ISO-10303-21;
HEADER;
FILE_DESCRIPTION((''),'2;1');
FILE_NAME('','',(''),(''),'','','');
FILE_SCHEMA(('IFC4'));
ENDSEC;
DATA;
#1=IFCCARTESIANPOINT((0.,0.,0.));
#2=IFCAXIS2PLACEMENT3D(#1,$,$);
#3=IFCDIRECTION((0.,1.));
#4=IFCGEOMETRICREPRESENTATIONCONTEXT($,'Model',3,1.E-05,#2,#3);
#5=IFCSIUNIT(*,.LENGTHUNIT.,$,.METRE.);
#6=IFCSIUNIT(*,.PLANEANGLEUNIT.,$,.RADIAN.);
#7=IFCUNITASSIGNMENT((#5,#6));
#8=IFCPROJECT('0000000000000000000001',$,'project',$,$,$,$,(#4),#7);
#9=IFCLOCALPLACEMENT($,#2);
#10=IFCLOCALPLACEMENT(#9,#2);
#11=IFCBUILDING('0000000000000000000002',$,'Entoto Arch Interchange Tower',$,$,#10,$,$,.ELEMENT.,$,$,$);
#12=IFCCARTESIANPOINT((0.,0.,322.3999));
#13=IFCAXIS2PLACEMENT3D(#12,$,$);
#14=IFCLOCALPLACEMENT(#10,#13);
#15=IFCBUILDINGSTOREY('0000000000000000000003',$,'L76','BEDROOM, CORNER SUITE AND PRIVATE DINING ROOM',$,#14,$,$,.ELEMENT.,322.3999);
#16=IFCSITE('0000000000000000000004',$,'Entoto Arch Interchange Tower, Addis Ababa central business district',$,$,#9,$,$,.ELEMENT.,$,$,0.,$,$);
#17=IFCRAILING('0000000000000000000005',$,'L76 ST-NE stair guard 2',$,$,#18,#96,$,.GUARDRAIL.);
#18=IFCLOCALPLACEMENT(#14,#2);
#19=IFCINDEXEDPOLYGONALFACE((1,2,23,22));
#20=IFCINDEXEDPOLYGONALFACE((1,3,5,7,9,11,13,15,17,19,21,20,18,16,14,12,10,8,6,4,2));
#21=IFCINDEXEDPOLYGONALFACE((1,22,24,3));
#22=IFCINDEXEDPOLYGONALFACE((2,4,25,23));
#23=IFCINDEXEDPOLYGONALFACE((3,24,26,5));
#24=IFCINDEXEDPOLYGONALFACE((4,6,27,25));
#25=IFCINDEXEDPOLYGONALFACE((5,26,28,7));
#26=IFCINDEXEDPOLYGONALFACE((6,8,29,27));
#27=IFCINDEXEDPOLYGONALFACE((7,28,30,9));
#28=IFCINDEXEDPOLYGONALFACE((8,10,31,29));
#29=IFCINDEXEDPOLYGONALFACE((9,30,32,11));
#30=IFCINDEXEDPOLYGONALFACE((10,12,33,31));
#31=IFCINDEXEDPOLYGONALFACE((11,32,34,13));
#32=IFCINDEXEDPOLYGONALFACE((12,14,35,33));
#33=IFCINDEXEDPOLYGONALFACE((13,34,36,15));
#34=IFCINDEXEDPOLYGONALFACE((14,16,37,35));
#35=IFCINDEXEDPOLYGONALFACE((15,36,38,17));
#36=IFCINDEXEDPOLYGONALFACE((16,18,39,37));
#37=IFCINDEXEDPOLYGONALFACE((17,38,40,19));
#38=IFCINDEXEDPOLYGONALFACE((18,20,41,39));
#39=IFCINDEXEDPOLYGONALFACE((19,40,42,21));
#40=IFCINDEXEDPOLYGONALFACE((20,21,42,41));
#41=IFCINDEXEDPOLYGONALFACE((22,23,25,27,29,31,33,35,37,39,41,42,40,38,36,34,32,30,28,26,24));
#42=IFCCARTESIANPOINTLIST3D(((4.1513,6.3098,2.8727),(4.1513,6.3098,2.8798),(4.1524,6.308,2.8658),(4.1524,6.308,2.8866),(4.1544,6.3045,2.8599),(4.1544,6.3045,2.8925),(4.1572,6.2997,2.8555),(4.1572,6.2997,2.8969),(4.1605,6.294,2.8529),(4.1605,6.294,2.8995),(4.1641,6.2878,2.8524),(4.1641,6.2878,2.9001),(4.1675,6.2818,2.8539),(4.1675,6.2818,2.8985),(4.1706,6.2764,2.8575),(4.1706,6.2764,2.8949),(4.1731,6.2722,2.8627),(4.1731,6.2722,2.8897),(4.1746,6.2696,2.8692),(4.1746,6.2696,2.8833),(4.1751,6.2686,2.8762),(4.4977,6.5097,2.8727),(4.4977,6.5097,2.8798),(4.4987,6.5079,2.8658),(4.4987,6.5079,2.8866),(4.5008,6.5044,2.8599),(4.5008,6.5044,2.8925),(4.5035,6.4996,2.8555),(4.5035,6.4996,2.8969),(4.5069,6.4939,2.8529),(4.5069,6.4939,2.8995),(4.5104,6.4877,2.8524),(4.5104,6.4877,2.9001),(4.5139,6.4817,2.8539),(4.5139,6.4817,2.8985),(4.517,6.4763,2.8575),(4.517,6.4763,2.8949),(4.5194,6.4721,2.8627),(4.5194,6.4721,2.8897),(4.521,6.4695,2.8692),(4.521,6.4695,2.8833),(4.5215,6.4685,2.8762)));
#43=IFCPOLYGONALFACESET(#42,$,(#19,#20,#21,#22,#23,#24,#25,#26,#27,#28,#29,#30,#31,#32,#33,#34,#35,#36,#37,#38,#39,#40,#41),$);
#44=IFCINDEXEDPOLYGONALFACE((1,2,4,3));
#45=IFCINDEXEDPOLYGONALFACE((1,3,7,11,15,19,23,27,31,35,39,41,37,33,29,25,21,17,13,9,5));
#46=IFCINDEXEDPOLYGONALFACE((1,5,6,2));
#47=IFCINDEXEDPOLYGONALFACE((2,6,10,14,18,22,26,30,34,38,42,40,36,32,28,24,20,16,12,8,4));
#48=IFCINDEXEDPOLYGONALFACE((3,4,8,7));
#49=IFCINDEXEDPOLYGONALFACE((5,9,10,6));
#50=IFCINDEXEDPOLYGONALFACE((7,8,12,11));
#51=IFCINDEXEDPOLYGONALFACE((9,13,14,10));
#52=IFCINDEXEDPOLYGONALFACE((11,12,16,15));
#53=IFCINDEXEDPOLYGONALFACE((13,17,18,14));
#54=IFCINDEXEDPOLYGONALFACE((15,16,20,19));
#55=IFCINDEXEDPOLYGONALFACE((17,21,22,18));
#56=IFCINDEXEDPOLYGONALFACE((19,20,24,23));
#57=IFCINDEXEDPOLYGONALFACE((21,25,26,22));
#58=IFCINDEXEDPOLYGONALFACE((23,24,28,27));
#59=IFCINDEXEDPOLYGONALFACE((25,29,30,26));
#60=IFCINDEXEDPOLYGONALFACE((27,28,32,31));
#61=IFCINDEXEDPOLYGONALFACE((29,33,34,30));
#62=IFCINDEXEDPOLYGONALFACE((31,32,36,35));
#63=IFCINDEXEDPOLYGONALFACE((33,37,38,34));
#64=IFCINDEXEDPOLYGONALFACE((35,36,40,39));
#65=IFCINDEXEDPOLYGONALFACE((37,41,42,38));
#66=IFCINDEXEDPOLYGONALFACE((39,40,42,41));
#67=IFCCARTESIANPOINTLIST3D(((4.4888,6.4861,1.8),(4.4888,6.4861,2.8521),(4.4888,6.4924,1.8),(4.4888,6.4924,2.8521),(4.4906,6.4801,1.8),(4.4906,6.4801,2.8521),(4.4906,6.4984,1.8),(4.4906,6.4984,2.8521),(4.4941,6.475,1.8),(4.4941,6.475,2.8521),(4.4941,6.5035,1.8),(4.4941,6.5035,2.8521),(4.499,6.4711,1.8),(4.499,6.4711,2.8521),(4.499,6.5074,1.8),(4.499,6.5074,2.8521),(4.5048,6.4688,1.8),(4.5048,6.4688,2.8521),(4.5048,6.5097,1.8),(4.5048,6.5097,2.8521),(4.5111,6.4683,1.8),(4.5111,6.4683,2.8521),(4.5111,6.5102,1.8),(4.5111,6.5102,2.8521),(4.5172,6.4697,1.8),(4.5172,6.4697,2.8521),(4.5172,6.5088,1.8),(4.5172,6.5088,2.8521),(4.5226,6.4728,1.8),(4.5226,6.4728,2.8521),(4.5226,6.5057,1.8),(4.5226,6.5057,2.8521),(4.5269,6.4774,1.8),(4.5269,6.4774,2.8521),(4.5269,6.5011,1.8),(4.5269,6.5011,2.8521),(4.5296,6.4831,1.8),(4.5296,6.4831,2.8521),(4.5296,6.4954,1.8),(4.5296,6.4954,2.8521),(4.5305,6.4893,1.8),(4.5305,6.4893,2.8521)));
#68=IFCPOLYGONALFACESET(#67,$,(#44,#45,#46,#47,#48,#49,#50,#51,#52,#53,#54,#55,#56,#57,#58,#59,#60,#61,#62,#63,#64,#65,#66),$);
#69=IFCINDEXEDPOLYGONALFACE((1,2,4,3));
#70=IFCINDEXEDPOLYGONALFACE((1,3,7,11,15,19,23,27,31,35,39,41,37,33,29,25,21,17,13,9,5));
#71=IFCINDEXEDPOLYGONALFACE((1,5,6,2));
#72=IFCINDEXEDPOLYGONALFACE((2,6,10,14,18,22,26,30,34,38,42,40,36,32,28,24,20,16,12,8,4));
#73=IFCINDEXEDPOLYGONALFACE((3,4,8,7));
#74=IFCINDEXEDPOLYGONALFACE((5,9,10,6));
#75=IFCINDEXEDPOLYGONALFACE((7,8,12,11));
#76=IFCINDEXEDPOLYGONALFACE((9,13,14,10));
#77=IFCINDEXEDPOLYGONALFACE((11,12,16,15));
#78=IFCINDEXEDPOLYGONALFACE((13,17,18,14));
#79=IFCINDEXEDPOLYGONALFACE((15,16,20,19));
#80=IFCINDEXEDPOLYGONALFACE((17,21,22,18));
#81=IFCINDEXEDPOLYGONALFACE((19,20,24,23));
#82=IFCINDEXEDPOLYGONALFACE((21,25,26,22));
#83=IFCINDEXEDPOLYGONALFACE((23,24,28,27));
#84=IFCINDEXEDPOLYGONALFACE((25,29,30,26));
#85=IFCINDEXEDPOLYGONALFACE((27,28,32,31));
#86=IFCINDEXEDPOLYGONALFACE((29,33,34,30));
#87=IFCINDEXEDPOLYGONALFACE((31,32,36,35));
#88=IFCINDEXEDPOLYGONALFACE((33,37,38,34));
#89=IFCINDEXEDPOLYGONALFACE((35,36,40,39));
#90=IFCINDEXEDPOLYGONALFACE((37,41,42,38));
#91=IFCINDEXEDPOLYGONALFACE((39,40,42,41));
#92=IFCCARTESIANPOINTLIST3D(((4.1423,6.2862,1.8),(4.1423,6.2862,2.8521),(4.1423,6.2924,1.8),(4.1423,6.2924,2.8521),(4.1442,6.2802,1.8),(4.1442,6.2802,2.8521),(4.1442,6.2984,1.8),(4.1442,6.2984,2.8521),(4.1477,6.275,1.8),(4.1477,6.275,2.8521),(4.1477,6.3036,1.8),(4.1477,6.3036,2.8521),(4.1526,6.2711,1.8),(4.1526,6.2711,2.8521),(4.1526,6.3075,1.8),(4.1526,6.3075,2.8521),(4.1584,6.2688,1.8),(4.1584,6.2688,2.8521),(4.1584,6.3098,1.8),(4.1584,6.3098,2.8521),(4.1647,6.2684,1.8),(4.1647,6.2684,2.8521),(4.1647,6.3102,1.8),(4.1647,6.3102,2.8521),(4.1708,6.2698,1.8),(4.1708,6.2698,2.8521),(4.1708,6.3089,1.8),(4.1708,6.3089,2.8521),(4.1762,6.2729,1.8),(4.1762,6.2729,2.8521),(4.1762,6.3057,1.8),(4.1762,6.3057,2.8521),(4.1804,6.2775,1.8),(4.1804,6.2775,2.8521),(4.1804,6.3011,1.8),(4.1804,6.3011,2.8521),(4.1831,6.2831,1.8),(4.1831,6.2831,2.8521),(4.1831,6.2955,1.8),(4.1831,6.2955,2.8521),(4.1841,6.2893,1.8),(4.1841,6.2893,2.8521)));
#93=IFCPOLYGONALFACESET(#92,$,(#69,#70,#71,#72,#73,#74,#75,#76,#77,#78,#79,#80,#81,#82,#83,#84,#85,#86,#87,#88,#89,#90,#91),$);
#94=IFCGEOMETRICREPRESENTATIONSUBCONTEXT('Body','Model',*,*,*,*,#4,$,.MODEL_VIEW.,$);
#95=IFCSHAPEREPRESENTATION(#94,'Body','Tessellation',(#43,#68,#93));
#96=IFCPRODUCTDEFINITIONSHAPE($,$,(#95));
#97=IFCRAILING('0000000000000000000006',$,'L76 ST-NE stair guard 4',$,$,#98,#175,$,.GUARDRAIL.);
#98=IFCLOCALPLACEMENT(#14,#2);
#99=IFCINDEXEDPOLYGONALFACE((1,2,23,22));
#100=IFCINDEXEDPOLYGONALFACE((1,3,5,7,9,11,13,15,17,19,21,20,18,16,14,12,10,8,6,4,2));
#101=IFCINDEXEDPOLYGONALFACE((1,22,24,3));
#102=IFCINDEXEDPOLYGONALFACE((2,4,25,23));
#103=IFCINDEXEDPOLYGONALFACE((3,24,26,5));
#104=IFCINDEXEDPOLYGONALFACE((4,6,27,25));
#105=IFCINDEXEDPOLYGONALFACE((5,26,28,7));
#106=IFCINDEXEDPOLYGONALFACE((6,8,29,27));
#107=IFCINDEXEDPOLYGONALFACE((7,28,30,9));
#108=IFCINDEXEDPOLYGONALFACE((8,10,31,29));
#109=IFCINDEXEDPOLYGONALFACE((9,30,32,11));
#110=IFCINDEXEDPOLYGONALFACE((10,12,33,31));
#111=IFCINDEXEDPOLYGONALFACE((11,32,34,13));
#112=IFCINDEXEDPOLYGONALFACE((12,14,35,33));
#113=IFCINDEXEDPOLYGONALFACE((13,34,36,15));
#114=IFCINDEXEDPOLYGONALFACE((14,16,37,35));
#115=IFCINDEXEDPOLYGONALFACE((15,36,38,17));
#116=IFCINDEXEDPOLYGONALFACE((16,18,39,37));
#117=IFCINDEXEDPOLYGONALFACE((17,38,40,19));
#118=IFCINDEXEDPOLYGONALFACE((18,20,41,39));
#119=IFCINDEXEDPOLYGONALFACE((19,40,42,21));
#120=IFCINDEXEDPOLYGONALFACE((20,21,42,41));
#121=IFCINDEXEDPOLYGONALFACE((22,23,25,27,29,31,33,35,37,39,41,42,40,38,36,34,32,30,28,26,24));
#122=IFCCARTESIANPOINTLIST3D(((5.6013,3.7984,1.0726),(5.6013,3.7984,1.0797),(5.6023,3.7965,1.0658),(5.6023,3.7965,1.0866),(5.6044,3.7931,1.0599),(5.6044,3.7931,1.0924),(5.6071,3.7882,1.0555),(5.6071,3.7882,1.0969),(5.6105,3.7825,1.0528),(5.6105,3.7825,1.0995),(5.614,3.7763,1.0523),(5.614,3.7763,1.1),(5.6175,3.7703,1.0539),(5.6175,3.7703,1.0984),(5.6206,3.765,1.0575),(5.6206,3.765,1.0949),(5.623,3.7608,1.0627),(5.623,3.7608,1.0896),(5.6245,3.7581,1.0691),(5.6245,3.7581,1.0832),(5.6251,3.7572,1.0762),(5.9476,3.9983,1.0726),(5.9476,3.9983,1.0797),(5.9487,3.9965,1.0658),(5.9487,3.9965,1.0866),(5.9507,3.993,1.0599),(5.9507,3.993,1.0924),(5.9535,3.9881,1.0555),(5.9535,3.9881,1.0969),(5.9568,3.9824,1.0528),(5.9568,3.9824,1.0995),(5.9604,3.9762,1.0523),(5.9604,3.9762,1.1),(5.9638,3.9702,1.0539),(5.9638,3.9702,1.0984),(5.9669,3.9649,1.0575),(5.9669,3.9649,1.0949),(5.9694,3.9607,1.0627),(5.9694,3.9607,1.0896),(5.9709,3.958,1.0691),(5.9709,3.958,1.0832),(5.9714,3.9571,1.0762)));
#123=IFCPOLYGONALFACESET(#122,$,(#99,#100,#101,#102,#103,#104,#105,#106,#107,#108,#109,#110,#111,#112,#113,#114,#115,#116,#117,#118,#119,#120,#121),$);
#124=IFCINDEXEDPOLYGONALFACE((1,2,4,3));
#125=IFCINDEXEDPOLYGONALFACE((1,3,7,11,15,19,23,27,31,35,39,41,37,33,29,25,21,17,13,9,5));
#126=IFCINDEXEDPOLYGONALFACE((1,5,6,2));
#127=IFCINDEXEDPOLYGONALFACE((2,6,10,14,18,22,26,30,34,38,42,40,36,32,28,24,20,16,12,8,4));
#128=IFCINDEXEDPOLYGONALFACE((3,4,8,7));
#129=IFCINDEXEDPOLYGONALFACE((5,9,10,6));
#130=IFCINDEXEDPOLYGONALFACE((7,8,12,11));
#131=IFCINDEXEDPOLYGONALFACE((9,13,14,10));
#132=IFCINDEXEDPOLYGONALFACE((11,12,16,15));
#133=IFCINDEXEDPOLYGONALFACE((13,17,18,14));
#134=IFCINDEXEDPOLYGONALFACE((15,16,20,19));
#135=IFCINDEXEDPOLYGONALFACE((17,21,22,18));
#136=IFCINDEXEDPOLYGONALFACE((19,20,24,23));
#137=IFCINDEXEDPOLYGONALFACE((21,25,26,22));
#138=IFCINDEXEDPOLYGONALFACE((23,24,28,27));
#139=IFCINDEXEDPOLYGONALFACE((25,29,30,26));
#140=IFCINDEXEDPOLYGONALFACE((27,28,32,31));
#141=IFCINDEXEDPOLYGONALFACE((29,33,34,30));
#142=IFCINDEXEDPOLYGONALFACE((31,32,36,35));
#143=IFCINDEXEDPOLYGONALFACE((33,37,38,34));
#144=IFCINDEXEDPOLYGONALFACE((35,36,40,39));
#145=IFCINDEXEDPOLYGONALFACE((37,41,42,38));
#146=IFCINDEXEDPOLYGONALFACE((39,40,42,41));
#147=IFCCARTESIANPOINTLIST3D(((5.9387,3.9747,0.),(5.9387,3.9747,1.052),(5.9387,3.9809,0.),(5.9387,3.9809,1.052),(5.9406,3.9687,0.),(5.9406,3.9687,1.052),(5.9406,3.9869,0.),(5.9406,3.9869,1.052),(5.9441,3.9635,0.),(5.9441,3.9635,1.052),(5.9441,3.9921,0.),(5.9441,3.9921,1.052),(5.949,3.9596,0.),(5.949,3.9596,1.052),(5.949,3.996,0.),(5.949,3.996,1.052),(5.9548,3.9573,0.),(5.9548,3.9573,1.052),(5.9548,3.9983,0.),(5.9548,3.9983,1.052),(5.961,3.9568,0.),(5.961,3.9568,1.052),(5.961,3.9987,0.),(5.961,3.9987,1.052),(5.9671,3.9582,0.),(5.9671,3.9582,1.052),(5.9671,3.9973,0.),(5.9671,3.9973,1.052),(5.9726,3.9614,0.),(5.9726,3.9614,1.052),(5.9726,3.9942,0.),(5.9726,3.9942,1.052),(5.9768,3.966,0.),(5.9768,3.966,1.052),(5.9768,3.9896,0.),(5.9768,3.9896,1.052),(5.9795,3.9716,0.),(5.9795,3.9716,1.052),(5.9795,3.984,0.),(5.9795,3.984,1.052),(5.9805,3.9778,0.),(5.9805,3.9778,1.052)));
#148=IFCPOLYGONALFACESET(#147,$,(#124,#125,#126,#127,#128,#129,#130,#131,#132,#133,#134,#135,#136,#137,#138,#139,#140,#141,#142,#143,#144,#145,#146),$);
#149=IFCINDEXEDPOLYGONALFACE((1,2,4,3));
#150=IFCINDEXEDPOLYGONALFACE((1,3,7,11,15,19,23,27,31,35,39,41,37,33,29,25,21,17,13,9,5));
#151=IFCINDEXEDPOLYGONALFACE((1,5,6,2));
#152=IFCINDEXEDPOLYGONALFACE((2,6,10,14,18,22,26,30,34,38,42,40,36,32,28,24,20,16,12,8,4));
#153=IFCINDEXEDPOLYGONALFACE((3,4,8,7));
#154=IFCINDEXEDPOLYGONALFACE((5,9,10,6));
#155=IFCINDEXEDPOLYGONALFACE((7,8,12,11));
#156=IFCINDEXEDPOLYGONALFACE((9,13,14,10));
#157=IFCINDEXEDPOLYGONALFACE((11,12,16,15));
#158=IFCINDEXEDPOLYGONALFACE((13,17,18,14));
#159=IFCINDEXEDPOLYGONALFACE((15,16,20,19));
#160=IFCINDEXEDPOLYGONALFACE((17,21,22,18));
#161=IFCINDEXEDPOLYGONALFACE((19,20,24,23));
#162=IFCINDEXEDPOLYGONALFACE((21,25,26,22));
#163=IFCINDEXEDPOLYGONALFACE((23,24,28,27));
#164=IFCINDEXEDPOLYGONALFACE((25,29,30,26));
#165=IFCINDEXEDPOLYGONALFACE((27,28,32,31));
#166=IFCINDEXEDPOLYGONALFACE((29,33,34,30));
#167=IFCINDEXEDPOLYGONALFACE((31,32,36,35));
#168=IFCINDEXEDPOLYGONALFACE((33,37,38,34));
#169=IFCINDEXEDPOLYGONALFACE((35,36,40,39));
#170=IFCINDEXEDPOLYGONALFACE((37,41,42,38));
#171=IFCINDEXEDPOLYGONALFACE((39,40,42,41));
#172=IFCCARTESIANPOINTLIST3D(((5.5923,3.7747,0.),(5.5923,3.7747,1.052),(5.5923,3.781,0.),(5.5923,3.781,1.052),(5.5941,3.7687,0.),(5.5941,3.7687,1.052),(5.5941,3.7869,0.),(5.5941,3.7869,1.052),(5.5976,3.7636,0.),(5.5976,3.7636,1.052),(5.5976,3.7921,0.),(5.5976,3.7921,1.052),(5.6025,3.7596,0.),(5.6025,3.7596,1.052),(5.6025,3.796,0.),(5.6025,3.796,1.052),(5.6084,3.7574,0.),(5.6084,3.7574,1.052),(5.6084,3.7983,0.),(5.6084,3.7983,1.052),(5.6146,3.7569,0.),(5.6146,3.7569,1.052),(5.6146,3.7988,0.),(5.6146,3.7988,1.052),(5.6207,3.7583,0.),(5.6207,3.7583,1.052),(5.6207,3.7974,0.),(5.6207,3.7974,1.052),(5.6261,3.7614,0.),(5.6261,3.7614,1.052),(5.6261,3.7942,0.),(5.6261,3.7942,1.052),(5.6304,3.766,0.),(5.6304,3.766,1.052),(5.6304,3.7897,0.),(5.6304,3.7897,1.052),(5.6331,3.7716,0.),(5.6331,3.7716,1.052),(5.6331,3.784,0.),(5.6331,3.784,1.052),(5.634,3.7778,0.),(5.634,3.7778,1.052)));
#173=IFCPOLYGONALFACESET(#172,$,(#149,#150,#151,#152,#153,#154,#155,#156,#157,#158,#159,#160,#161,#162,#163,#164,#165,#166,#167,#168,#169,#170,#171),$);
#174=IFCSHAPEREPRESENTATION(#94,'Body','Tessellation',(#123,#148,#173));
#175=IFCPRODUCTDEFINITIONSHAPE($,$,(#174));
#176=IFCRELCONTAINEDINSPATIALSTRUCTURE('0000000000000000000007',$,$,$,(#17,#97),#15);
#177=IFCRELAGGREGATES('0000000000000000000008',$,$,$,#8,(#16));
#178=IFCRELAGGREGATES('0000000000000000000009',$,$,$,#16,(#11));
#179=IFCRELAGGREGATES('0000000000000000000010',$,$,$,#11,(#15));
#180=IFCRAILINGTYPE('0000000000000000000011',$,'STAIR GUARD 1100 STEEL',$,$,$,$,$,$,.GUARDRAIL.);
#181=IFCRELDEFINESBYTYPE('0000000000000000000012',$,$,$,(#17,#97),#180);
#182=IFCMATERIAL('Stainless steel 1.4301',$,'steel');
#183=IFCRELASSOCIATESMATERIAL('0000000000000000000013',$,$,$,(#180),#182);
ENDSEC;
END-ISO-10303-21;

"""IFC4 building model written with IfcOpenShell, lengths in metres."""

from ifc_helpers import new_model, si_unit, direction, frame, origin, origin_2d, place, context, subcontext, project, spatial, circle, extrude, material, type_object, element, save


model = new_model("IFC4")

# Units and contexts
model_context = context("Model", 3, precision=1e-05, world=origin(), true_north=direction((0.0, 1.0)))
body_context = subcontext(model_context, "Body", "Model", "MODEL_VIEW")
ifc_project = project(units=[si_unit("LENGTHUNIT", "METRE"), si_unit("PLANEANGLEUNIT", "RADIAN")], contexts=[model_context])

# Site, building, storey
site_placement = place(None, origin())
site = spatial("IfcSite", under=ifc_project, at=site_placement, Name="Entoto Arch Interchange Tower, Addis Ababa central business district", CompositionType="ELEMENT", RefElevation=0.0)
building_placement = place(site_placement, origin())
building = spatial("IfcBuilding", under=site, at=building_placement, Name="Entoto Arch Interchange Tower", CompositionType="ELEMENT")
storey_placement = place(building_placement, frame((0.0, 0.0, 322.3999)))
storey = spatial("IfcBuildingStorey", under=building, at=storey_placement, Name="L76", Description="BEDROOM, CORNER SUITE AND PRIVATE DINING ROOM", CompositionType="ELEMENT", Elevation=322.3999)

# Railings
ifc_material_1 = material(Name="Stainless steel 1.4301", Category="steel")
railing_type_1 = type_object("IfcRailingType", Name="STAIR GUARD 1100 STEEL", PredefinedType="GUARDRAIL", material=ifc_material_1)
for number, where, name in (
    (1, (4.5095, 6.4893, 1.8), "L76 ST-NE stair guard 2"),
    (2, (5.9595, 3.9778, 0.0), "L76 ST-NE stair guard 4"),
):
    element("IfcRailing", number, at=place(storey_placement, frame(where)), inside=storey, type_object=railing_type_1, Name=name, PredefinedType="GUARDRAIL", context=body_context, shape_type="SweptSolid", body=[
        extrude(circle(Radius=0.0239, at=origin_2d()), frame((0.0, 0.0, 1.0762), z_axis=(-0.866094, -0.499881, 0.0), x_axis=(0.499881, -0.866094, 0.0)), (0.0, 0.0, 1.0), 0.3999),
        extrude(circle(Radius=0.021, at=origin_2d()), origin(), (0.0, 0.0, 1.0), 1.052),
        extrude(circle(Radius=0.021, at=origin_2d()), frame((-0.3464, -0.2, 0.0)), (0.0, 0.0, 1.0), 1.052),
    ])

save(model, "model.ifc")
